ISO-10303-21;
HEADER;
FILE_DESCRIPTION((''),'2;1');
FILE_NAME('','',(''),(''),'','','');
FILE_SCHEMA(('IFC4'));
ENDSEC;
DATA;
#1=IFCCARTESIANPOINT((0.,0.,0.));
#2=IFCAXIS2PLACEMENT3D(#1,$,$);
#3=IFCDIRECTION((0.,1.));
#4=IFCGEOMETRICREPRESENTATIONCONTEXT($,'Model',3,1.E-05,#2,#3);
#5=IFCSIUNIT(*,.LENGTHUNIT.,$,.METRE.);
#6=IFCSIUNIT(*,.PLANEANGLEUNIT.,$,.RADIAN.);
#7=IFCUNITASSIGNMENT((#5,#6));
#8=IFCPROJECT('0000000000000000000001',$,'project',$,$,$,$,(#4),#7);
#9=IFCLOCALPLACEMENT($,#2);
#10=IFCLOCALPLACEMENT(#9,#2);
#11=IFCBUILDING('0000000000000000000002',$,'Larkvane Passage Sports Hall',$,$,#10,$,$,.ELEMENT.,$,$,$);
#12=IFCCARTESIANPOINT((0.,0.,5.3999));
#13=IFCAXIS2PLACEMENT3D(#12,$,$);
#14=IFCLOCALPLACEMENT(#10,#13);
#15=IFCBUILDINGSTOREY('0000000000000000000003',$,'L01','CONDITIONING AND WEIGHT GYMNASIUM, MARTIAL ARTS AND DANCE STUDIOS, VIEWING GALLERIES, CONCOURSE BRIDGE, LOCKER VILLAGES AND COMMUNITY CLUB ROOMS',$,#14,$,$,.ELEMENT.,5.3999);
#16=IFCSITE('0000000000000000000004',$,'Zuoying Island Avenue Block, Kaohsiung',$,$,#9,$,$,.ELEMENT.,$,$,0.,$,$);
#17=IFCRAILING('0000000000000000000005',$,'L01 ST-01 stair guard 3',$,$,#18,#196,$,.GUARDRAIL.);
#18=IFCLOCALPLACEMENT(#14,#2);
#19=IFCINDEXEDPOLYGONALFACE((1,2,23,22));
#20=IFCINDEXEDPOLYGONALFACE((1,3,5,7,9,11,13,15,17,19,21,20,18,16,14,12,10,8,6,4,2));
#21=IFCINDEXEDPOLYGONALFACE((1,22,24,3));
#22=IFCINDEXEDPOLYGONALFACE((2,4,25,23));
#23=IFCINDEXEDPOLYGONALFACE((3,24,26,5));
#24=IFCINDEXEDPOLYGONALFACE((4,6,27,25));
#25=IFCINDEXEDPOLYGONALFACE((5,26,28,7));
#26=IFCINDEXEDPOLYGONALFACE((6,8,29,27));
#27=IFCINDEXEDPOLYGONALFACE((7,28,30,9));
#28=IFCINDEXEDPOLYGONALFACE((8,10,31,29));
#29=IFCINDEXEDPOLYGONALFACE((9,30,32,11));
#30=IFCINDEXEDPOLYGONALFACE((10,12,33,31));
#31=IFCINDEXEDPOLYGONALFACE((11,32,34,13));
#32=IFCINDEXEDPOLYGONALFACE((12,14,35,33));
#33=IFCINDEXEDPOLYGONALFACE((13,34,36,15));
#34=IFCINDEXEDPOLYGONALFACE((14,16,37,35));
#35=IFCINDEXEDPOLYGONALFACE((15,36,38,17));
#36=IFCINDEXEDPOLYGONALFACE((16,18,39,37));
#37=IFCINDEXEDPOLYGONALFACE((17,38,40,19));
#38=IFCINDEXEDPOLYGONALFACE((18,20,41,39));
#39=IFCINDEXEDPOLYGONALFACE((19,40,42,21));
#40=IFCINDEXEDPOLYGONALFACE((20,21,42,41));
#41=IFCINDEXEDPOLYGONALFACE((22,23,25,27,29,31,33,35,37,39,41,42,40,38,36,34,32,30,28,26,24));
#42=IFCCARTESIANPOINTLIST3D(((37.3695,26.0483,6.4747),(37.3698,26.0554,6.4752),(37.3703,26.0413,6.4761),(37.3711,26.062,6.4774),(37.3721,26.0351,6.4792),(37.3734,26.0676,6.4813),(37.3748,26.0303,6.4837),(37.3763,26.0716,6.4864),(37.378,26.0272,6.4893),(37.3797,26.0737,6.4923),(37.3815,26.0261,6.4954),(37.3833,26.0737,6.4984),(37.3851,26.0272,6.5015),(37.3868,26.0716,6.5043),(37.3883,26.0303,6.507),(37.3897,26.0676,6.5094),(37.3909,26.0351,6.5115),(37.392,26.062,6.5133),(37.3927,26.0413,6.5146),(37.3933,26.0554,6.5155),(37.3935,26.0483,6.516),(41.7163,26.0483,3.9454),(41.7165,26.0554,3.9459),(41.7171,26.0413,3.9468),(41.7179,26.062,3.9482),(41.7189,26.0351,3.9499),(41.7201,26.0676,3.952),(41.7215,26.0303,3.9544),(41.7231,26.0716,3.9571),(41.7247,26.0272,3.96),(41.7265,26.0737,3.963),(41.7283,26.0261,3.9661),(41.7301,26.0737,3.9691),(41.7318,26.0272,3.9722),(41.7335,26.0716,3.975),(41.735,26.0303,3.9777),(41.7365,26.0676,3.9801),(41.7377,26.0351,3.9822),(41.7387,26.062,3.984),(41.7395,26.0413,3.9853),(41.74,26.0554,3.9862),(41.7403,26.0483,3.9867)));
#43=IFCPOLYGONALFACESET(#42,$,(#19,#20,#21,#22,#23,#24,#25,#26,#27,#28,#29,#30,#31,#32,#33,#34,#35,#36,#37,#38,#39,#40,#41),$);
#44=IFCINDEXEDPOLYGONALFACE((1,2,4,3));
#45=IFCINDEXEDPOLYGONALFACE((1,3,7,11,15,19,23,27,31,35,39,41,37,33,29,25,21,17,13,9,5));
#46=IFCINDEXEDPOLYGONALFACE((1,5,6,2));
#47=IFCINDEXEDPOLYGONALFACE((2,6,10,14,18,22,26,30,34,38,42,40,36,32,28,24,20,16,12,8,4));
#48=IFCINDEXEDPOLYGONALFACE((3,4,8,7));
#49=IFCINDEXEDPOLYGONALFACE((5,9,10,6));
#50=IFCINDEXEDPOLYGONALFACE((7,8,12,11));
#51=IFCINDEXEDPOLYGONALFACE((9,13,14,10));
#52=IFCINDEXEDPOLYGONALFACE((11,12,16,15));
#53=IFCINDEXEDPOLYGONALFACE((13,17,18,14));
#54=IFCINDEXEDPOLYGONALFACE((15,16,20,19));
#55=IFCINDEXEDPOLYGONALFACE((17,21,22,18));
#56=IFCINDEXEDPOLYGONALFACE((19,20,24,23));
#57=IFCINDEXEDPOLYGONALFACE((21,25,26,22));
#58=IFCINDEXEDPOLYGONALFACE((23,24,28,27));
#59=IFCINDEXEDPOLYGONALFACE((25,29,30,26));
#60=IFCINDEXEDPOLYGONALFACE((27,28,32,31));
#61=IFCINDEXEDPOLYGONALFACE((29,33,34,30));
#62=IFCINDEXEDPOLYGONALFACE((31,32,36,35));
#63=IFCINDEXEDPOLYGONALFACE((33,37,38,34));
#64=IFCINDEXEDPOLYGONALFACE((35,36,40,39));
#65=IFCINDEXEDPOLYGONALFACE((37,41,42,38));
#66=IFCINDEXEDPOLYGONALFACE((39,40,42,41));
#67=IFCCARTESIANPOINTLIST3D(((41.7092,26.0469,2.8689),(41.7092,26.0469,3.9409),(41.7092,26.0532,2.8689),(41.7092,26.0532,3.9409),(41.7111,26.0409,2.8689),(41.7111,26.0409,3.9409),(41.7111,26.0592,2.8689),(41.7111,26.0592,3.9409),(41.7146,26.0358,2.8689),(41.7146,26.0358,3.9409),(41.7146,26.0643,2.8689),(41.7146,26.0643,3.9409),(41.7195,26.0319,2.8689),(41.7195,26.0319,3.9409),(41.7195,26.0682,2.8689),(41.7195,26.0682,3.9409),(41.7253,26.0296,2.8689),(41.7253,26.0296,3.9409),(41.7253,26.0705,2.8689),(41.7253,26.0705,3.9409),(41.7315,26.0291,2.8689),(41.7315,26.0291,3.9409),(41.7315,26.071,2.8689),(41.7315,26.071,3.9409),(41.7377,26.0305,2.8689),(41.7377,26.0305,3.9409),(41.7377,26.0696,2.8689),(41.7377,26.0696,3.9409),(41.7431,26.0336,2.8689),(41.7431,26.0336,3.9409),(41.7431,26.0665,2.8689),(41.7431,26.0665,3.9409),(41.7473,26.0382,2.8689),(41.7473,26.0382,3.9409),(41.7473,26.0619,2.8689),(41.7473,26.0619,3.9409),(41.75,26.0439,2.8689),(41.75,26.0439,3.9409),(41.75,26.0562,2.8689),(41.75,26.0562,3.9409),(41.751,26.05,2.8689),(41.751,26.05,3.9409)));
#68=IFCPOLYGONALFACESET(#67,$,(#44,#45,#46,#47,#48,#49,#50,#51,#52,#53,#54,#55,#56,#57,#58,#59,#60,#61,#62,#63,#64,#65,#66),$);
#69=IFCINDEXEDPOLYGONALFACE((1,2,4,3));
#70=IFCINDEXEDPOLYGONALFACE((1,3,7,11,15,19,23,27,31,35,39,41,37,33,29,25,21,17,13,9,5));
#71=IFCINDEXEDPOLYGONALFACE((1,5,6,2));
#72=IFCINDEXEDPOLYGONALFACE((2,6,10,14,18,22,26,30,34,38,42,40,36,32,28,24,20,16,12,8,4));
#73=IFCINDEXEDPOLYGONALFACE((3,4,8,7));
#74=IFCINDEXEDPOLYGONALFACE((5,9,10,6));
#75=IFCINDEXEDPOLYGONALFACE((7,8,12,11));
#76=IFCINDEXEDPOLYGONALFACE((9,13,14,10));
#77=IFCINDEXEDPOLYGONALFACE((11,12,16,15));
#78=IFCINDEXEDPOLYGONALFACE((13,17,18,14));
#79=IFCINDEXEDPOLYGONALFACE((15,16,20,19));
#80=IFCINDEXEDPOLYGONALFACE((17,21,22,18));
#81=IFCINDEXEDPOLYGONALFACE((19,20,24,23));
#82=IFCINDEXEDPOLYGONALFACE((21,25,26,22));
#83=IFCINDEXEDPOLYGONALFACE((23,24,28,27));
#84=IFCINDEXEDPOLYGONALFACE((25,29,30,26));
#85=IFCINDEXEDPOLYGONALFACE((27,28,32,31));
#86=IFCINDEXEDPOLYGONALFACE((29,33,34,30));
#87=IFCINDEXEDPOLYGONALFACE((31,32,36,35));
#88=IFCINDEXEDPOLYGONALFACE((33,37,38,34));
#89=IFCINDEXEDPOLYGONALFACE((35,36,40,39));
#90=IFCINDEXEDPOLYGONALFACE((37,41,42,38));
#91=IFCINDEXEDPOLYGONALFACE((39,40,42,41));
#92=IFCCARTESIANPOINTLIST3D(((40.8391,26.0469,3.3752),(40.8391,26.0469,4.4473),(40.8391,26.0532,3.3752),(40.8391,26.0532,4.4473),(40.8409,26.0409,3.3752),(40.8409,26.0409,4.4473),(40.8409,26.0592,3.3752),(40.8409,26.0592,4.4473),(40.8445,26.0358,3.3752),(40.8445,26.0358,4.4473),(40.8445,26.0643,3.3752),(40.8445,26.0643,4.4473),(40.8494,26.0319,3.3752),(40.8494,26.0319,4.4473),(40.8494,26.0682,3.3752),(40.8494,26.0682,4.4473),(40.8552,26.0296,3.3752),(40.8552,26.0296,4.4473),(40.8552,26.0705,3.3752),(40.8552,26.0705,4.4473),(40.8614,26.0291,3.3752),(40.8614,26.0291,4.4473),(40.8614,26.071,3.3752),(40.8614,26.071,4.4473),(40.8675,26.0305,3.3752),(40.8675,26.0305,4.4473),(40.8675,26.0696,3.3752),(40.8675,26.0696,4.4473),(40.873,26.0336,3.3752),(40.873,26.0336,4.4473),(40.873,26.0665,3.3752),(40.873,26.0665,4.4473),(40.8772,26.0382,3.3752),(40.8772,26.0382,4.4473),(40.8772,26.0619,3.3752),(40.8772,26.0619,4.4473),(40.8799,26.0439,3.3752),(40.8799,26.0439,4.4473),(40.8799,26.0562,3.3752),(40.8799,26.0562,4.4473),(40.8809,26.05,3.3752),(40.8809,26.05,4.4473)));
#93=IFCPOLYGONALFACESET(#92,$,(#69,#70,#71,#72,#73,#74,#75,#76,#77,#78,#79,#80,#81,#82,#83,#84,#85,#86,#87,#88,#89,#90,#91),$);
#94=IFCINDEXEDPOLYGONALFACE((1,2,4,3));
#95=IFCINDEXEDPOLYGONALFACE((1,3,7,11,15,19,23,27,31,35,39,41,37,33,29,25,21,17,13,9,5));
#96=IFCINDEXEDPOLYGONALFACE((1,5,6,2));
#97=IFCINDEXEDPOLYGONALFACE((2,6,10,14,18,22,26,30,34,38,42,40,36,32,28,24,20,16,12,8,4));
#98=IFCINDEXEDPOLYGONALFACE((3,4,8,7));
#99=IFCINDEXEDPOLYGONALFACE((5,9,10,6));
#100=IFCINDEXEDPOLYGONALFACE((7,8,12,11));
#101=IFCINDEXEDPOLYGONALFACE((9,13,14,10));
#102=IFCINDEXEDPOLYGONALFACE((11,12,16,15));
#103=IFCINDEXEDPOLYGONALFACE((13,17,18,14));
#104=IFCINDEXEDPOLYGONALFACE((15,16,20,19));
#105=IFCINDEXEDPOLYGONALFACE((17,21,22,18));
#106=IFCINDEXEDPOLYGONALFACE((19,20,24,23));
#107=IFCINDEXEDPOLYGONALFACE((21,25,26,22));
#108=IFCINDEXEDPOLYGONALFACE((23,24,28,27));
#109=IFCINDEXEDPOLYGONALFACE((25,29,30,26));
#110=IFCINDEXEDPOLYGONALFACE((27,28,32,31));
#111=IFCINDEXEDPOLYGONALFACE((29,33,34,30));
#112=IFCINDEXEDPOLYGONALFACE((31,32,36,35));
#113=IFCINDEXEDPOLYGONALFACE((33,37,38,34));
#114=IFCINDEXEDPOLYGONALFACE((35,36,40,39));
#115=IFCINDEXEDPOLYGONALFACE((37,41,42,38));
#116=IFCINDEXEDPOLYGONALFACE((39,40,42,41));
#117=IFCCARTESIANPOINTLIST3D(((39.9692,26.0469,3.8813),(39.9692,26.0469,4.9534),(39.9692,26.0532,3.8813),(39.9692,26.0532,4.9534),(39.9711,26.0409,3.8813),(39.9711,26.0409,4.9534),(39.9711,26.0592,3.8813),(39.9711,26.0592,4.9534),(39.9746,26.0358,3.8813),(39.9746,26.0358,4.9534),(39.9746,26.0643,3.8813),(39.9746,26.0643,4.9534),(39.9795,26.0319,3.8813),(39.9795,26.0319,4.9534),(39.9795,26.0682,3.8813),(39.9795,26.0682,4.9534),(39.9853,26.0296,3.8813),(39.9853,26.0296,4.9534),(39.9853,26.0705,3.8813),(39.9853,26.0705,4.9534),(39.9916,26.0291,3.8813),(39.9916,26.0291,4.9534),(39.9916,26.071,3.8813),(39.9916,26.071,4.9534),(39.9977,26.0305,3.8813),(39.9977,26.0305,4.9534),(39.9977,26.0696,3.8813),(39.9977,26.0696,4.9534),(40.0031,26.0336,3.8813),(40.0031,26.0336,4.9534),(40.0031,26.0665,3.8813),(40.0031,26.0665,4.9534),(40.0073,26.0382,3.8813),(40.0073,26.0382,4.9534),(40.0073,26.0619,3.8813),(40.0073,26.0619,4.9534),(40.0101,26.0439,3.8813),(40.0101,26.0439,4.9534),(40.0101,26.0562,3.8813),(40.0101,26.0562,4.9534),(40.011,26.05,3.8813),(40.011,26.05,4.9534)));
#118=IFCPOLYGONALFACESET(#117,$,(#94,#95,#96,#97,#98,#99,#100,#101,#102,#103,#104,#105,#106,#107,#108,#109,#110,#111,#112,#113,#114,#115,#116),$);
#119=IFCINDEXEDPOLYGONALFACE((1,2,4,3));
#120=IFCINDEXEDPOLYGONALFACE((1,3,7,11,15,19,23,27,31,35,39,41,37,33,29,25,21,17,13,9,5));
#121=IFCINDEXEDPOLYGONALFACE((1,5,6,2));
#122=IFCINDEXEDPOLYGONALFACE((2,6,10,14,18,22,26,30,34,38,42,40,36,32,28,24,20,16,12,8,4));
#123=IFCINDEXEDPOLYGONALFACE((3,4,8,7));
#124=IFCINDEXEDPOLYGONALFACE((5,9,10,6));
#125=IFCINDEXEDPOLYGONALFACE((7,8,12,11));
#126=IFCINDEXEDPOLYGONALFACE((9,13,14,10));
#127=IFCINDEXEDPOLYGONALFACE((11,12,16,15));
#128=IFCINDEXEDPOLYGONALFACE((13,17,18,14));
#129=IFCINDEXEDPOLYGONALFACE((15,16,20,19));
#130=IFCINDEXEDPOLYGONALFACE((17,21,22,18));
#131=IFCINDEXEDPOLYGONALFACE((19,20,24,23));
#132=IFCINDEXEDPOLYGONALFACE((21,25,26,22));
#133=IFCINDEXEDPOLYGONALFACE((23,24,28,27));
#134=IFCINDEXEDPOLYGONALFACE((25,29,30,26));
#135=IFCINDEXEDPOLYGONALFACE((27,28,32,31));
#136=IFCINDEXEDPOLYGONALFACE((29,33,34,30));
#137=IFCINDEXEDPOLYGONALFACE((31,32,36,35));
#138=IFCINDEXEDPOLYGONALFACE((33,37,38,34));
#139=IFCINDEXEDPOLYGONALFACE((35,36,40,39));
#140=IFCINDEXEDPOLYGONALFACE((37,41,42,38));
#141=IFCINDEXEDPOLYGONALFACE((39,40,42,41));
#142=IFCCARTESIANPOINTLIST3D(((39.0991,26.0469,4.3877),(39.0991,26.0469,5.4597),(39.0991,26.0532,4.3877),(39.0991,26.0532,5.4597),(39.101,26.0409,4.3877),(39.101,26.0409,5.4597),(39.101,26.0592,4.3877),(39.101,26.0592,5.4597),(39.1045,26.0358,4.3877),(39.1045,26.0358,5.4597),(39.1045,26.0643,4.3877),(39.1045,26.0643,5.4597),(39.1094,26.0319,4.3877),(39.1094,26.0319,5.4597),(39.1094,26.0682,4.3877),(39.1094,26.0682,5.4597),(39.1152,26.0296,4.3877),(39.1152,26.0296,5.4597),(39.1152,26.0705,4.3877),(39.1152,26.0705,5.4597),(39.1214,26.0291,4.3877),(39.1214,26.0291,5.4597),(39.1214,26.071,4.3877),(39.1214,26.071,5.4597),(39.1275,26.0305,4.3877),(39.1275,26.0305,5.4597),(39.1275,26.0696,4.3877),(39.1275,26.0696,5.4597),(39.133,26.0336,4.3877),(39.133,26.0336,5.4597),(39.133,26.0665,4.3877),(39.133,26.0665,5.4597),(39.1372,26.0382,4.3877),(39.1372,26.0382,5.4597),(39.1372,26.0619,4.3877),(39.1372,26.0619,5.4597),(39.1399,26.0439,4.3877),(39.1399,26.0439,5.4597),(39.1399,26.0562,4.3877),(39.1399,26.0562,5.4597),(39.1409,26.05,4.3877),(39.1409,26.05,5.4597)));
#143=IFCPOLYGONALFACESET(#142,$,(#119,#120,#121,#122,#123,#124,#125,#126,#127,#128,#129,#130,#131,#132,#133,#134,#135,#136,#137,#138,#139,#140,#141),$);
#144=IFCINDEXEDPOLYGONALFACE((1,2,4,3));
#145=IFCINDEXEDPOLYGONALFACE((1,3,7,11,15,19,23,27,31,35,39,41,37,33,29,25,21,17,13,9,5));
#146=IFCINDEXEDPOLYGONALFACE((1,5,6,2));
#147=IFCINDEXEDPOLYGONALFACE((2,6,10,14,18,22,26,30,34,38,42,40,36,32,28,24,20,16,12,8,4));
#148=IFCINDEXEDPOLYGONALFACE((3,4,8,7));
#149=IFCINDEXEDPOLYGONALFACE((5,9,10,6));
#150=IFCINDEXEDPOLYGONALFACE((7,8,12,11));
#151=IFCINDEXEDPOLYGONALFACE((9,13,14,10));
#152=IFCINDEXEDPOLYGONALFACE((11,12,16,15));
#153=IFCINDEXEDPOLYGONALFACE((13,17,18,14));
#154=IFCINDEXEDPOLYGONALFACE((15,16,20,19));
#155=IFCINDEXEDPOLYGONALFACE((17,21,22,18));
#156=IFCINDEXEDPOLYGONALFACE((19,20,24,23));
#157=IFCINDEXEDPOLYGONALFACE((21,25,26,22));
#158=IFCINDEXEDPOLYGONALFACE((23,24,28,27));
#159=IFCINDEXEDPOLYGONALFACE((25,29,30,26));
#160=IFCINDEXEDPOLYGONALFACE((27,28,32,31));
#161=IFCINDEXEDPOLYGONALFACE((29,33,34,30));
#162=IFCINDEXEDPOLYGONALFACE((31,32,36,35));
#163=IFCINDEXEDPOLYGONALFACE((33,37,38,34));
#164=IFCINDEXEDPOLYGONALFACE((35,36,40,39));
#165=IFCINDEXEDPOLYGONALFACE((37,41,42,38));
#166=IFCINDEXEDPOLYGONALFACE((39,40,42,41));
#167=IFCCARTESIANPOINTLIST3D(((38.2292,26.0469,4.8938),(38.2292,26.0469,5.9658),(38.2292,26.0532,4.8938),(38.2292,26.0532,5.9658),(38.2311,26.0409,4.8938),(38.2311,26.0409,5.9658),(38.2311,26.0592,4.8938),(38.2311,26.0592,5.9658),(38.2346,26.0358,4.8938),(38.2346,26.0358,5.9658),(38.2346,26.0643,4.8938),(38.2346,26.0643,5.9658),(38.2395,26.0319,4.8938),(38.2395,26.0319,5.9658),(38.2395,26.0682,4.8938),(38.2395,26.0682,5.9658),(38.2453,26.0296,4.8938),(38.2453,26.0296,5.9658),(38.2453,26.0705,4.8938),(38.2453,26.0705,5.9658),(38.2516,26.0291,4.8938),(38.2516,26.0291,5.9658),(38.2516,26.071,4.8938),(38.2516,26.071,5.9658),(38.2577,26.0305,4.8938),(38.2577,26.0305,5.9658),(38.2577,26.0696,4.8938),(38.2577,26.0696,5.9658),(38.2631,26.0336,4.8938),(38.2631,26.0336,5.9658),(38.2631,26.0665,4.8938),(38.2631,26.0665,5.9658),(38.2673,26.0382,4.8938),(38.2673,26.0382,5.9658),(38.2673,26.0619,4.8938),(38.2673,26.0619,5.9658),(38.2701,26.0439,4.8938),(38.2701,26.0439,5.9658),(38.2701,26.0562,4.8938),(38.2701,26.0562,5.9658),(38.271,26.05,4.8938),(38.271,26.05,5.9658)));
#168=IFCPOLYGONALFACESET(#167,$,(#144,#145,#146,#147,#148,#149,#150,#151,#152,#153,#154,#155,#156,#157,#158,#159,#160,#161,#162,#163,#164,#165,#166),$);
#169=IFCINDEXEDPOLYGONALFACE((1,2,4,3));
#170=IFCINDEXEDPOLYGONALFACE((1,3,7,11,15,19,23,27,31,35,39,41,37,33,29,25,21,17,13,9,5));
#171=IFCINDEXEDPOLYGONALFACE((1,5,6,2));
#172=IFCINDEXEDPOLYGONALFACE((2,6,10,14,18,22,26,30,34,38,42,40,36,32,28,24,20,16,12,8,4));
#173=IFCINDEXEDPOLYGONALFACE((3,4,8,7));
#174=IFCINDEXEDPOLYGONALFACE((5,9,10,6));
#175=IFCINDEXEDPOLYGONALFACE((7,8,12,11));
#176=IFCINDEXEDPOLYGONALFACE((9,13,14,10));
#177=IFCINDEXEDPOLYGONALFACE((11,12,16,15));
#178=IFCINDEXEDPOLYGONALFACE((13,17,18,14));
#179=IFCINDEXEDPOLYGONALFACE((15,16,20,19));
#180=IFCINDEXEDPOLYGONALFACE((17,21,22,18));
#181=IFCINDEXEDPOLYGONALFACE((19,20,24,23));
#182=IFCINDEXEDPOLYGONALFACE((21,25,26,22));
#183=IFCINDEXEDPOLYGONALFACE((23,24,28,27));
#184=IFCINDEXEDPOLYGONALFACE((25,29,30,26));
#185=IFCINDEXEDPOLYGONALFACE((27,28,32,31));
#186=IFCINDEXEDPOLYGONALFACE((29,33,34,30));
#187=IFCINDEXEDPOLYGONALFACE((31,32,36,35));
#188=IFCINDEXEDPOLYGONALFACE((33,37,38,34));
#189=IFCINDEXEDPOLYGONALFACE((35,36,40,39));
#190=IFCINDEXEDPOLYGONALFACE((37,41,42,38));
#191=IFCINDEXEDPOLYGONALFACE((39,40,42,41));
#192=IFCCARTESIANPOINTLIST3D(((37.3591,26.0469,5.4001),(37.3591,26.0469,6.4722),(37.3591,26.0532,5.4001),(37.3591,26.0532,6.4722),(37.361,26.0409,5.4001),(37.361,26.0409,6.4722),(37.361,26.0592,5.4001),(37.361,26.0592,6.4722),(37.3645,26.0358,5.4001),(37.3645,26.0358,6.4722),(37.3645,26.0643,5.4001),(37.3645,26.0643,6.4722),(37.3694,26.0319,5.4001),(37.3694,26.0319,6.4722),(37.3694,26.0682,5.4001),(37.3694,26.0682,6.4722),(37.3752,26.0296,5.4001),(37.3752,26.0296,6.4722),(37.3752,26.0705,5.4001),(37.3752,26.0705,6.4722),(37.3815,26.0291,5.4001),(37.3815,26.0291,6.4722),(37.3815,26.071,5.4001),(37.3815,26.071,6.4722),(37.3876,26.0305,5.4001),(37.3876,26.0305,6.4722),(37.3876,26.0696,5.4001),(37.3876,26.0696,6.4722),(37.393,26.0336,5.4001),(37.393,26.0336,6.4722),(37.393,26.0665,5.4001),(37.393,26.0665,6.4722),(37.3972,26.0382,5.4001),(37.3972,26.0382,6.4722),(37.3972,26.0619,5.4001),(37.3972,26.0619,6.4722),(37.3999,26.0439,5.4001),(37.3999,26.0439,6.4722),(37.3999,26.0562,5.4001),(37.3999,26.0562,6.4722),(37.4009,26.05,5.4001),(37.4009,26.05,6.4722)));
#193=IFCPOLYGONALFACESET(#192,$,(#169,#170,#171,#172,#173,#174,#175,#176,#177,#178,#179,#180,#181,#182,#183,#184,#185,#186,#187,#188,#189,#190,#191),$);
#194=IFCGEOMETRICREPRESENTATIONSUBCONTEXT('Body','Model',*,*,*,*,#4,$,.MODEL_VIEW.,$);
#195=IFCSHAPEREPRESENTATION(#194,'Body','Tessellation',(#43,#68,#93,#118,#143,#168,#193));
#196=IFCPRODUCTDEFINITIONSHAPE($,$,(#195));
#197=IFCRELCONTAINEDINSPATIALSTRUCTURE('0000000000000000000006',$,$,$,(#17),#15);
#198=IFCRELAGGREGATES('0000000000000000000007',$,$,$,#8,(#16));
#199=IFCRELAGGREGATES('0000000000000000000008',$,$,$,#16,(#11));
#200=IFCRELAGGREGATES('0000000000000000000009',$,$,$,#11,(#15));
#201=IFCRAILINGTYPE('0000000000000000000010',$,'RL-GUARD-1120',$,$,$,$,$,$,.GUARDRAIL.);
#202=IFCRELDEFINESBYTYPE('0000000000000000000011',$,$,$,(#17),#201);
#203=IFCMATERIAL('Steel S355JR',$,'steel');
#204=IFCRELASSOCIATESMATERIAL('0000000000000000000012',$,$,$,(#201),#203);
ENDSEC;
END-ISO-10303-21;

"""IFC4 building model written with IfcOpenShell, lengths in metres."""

from ifc_helpers import new_model, si_unit, direction, frame, origin, origin_2d, place, context, subcontext, project, spatial, circle, extrude, material, type_object, element, save


model = new_model("IFC4")

# Units and contexts
model_context = context("Model", 3, precision=1e-05, world=origin(), true_north=direction((0.0, 1.0)))
body_context = subcontext(model_context, "Body", "Model", "MODEL_VIEW")
ifc_project = project(units=[si_unit("LENGTHUNIT", "METRE"), si_unit("PLANEANGLEUNIT", "RADIAN")], contexts=[model_context])

# Site, building, storey
site_placement = place(None, origin())
site = spatial("IfcSite", under=ifc_project, at=site_placement, Name="Zuoying Island Avenue Block, Kaohsiung", CompositionType="ELEMENT", RefElevation=0.0)
building_placement = place(site_placement, origin())
building = spatial("IfcBuilding", under=site, at=building_placement, Name="Larkvane Passage Sports Hall", CompositionType="ELEMENT")
storey_placement = place(building_placement, frame((0.0, 0.0, 5.3999)))
storey = spatial("IfcBuildingStorey", under=building, at=storey_placement, Name="L01", Description="CONDITIONING AND WEIGHT GYMNASIUM, MARTIAL ARTS AND DANCE STUDIOS, VIEWING GALLERIES, CONCOURSE BRIDGE, LOCKER VILLAGES AND COMMUNITY CLUB ROOMS", CompositionType="ELEMENT", Elevation=5.3999)

# Shared definitions
ifc_material_1 = material(Name="Steel S355JR", Category="steel")

# Railing
railing_type_1 = type_object("IfcRailingType", Name="RL-GUARD-1120", PredefinedType="GUARDRAIL", material=ifc_material_1)
railing_1_placement = place(storey_placement, frame((41.73, 26.05, 2.8689)))
element("IfcRailing", 1, at=railing_1_placement, inside=storey, type_object=railing_type_1, Name="L01 ST-01 stair guard 3", PredefinedType="GUARDRAIL", context=body_context, shape_type="SweptSolid", body=[
    extrude(circle(Radius=0.0239, at=origin_2d()), frame((-0.0017, 0.0, 1.0972), z_axis=(-0.864324, 0.0, 0.502936), x_axis=(0.0, -1.0, 0.0)), (0.0, 0.0, 1.0), 5.0291),
    extrude(circle(Radius=0.021, at=origin_2d()), origin(), (0.0, 0.0, 1.0), 1.072),
    extrude(circle(Radius=0.021, at=origin_2d()), frame((-0.8701, 0.0, 0.5063)), (0.0, 0.0, 1.0), 1.072),
    extrude(circle(Radius=0.021, at=origin_2d()), frame((-1.74, 0.0, 1.0125)), (0.0, 0.0, 1.0), 1.072),
    extrude(circle(Radius=0.021, at=origin_2d()), frame((-2.6101, 0.0, 1.5188)), (0.0, 0.0, 1.0), 1.072),
    extrude(circle(Radius=0.021, at=origin_2d()), frame((-3.48, 0.0, 2.0249)), (0.0, 0.0, 1.0), 1.072),
    extrude(circle(Radius=0.021, at=origin_2d()), frame((-4.3501, 0.0, 2.5312)), (0.0, 0.0, 1.0), 1.072),
])

save(model, "model.ifc")
